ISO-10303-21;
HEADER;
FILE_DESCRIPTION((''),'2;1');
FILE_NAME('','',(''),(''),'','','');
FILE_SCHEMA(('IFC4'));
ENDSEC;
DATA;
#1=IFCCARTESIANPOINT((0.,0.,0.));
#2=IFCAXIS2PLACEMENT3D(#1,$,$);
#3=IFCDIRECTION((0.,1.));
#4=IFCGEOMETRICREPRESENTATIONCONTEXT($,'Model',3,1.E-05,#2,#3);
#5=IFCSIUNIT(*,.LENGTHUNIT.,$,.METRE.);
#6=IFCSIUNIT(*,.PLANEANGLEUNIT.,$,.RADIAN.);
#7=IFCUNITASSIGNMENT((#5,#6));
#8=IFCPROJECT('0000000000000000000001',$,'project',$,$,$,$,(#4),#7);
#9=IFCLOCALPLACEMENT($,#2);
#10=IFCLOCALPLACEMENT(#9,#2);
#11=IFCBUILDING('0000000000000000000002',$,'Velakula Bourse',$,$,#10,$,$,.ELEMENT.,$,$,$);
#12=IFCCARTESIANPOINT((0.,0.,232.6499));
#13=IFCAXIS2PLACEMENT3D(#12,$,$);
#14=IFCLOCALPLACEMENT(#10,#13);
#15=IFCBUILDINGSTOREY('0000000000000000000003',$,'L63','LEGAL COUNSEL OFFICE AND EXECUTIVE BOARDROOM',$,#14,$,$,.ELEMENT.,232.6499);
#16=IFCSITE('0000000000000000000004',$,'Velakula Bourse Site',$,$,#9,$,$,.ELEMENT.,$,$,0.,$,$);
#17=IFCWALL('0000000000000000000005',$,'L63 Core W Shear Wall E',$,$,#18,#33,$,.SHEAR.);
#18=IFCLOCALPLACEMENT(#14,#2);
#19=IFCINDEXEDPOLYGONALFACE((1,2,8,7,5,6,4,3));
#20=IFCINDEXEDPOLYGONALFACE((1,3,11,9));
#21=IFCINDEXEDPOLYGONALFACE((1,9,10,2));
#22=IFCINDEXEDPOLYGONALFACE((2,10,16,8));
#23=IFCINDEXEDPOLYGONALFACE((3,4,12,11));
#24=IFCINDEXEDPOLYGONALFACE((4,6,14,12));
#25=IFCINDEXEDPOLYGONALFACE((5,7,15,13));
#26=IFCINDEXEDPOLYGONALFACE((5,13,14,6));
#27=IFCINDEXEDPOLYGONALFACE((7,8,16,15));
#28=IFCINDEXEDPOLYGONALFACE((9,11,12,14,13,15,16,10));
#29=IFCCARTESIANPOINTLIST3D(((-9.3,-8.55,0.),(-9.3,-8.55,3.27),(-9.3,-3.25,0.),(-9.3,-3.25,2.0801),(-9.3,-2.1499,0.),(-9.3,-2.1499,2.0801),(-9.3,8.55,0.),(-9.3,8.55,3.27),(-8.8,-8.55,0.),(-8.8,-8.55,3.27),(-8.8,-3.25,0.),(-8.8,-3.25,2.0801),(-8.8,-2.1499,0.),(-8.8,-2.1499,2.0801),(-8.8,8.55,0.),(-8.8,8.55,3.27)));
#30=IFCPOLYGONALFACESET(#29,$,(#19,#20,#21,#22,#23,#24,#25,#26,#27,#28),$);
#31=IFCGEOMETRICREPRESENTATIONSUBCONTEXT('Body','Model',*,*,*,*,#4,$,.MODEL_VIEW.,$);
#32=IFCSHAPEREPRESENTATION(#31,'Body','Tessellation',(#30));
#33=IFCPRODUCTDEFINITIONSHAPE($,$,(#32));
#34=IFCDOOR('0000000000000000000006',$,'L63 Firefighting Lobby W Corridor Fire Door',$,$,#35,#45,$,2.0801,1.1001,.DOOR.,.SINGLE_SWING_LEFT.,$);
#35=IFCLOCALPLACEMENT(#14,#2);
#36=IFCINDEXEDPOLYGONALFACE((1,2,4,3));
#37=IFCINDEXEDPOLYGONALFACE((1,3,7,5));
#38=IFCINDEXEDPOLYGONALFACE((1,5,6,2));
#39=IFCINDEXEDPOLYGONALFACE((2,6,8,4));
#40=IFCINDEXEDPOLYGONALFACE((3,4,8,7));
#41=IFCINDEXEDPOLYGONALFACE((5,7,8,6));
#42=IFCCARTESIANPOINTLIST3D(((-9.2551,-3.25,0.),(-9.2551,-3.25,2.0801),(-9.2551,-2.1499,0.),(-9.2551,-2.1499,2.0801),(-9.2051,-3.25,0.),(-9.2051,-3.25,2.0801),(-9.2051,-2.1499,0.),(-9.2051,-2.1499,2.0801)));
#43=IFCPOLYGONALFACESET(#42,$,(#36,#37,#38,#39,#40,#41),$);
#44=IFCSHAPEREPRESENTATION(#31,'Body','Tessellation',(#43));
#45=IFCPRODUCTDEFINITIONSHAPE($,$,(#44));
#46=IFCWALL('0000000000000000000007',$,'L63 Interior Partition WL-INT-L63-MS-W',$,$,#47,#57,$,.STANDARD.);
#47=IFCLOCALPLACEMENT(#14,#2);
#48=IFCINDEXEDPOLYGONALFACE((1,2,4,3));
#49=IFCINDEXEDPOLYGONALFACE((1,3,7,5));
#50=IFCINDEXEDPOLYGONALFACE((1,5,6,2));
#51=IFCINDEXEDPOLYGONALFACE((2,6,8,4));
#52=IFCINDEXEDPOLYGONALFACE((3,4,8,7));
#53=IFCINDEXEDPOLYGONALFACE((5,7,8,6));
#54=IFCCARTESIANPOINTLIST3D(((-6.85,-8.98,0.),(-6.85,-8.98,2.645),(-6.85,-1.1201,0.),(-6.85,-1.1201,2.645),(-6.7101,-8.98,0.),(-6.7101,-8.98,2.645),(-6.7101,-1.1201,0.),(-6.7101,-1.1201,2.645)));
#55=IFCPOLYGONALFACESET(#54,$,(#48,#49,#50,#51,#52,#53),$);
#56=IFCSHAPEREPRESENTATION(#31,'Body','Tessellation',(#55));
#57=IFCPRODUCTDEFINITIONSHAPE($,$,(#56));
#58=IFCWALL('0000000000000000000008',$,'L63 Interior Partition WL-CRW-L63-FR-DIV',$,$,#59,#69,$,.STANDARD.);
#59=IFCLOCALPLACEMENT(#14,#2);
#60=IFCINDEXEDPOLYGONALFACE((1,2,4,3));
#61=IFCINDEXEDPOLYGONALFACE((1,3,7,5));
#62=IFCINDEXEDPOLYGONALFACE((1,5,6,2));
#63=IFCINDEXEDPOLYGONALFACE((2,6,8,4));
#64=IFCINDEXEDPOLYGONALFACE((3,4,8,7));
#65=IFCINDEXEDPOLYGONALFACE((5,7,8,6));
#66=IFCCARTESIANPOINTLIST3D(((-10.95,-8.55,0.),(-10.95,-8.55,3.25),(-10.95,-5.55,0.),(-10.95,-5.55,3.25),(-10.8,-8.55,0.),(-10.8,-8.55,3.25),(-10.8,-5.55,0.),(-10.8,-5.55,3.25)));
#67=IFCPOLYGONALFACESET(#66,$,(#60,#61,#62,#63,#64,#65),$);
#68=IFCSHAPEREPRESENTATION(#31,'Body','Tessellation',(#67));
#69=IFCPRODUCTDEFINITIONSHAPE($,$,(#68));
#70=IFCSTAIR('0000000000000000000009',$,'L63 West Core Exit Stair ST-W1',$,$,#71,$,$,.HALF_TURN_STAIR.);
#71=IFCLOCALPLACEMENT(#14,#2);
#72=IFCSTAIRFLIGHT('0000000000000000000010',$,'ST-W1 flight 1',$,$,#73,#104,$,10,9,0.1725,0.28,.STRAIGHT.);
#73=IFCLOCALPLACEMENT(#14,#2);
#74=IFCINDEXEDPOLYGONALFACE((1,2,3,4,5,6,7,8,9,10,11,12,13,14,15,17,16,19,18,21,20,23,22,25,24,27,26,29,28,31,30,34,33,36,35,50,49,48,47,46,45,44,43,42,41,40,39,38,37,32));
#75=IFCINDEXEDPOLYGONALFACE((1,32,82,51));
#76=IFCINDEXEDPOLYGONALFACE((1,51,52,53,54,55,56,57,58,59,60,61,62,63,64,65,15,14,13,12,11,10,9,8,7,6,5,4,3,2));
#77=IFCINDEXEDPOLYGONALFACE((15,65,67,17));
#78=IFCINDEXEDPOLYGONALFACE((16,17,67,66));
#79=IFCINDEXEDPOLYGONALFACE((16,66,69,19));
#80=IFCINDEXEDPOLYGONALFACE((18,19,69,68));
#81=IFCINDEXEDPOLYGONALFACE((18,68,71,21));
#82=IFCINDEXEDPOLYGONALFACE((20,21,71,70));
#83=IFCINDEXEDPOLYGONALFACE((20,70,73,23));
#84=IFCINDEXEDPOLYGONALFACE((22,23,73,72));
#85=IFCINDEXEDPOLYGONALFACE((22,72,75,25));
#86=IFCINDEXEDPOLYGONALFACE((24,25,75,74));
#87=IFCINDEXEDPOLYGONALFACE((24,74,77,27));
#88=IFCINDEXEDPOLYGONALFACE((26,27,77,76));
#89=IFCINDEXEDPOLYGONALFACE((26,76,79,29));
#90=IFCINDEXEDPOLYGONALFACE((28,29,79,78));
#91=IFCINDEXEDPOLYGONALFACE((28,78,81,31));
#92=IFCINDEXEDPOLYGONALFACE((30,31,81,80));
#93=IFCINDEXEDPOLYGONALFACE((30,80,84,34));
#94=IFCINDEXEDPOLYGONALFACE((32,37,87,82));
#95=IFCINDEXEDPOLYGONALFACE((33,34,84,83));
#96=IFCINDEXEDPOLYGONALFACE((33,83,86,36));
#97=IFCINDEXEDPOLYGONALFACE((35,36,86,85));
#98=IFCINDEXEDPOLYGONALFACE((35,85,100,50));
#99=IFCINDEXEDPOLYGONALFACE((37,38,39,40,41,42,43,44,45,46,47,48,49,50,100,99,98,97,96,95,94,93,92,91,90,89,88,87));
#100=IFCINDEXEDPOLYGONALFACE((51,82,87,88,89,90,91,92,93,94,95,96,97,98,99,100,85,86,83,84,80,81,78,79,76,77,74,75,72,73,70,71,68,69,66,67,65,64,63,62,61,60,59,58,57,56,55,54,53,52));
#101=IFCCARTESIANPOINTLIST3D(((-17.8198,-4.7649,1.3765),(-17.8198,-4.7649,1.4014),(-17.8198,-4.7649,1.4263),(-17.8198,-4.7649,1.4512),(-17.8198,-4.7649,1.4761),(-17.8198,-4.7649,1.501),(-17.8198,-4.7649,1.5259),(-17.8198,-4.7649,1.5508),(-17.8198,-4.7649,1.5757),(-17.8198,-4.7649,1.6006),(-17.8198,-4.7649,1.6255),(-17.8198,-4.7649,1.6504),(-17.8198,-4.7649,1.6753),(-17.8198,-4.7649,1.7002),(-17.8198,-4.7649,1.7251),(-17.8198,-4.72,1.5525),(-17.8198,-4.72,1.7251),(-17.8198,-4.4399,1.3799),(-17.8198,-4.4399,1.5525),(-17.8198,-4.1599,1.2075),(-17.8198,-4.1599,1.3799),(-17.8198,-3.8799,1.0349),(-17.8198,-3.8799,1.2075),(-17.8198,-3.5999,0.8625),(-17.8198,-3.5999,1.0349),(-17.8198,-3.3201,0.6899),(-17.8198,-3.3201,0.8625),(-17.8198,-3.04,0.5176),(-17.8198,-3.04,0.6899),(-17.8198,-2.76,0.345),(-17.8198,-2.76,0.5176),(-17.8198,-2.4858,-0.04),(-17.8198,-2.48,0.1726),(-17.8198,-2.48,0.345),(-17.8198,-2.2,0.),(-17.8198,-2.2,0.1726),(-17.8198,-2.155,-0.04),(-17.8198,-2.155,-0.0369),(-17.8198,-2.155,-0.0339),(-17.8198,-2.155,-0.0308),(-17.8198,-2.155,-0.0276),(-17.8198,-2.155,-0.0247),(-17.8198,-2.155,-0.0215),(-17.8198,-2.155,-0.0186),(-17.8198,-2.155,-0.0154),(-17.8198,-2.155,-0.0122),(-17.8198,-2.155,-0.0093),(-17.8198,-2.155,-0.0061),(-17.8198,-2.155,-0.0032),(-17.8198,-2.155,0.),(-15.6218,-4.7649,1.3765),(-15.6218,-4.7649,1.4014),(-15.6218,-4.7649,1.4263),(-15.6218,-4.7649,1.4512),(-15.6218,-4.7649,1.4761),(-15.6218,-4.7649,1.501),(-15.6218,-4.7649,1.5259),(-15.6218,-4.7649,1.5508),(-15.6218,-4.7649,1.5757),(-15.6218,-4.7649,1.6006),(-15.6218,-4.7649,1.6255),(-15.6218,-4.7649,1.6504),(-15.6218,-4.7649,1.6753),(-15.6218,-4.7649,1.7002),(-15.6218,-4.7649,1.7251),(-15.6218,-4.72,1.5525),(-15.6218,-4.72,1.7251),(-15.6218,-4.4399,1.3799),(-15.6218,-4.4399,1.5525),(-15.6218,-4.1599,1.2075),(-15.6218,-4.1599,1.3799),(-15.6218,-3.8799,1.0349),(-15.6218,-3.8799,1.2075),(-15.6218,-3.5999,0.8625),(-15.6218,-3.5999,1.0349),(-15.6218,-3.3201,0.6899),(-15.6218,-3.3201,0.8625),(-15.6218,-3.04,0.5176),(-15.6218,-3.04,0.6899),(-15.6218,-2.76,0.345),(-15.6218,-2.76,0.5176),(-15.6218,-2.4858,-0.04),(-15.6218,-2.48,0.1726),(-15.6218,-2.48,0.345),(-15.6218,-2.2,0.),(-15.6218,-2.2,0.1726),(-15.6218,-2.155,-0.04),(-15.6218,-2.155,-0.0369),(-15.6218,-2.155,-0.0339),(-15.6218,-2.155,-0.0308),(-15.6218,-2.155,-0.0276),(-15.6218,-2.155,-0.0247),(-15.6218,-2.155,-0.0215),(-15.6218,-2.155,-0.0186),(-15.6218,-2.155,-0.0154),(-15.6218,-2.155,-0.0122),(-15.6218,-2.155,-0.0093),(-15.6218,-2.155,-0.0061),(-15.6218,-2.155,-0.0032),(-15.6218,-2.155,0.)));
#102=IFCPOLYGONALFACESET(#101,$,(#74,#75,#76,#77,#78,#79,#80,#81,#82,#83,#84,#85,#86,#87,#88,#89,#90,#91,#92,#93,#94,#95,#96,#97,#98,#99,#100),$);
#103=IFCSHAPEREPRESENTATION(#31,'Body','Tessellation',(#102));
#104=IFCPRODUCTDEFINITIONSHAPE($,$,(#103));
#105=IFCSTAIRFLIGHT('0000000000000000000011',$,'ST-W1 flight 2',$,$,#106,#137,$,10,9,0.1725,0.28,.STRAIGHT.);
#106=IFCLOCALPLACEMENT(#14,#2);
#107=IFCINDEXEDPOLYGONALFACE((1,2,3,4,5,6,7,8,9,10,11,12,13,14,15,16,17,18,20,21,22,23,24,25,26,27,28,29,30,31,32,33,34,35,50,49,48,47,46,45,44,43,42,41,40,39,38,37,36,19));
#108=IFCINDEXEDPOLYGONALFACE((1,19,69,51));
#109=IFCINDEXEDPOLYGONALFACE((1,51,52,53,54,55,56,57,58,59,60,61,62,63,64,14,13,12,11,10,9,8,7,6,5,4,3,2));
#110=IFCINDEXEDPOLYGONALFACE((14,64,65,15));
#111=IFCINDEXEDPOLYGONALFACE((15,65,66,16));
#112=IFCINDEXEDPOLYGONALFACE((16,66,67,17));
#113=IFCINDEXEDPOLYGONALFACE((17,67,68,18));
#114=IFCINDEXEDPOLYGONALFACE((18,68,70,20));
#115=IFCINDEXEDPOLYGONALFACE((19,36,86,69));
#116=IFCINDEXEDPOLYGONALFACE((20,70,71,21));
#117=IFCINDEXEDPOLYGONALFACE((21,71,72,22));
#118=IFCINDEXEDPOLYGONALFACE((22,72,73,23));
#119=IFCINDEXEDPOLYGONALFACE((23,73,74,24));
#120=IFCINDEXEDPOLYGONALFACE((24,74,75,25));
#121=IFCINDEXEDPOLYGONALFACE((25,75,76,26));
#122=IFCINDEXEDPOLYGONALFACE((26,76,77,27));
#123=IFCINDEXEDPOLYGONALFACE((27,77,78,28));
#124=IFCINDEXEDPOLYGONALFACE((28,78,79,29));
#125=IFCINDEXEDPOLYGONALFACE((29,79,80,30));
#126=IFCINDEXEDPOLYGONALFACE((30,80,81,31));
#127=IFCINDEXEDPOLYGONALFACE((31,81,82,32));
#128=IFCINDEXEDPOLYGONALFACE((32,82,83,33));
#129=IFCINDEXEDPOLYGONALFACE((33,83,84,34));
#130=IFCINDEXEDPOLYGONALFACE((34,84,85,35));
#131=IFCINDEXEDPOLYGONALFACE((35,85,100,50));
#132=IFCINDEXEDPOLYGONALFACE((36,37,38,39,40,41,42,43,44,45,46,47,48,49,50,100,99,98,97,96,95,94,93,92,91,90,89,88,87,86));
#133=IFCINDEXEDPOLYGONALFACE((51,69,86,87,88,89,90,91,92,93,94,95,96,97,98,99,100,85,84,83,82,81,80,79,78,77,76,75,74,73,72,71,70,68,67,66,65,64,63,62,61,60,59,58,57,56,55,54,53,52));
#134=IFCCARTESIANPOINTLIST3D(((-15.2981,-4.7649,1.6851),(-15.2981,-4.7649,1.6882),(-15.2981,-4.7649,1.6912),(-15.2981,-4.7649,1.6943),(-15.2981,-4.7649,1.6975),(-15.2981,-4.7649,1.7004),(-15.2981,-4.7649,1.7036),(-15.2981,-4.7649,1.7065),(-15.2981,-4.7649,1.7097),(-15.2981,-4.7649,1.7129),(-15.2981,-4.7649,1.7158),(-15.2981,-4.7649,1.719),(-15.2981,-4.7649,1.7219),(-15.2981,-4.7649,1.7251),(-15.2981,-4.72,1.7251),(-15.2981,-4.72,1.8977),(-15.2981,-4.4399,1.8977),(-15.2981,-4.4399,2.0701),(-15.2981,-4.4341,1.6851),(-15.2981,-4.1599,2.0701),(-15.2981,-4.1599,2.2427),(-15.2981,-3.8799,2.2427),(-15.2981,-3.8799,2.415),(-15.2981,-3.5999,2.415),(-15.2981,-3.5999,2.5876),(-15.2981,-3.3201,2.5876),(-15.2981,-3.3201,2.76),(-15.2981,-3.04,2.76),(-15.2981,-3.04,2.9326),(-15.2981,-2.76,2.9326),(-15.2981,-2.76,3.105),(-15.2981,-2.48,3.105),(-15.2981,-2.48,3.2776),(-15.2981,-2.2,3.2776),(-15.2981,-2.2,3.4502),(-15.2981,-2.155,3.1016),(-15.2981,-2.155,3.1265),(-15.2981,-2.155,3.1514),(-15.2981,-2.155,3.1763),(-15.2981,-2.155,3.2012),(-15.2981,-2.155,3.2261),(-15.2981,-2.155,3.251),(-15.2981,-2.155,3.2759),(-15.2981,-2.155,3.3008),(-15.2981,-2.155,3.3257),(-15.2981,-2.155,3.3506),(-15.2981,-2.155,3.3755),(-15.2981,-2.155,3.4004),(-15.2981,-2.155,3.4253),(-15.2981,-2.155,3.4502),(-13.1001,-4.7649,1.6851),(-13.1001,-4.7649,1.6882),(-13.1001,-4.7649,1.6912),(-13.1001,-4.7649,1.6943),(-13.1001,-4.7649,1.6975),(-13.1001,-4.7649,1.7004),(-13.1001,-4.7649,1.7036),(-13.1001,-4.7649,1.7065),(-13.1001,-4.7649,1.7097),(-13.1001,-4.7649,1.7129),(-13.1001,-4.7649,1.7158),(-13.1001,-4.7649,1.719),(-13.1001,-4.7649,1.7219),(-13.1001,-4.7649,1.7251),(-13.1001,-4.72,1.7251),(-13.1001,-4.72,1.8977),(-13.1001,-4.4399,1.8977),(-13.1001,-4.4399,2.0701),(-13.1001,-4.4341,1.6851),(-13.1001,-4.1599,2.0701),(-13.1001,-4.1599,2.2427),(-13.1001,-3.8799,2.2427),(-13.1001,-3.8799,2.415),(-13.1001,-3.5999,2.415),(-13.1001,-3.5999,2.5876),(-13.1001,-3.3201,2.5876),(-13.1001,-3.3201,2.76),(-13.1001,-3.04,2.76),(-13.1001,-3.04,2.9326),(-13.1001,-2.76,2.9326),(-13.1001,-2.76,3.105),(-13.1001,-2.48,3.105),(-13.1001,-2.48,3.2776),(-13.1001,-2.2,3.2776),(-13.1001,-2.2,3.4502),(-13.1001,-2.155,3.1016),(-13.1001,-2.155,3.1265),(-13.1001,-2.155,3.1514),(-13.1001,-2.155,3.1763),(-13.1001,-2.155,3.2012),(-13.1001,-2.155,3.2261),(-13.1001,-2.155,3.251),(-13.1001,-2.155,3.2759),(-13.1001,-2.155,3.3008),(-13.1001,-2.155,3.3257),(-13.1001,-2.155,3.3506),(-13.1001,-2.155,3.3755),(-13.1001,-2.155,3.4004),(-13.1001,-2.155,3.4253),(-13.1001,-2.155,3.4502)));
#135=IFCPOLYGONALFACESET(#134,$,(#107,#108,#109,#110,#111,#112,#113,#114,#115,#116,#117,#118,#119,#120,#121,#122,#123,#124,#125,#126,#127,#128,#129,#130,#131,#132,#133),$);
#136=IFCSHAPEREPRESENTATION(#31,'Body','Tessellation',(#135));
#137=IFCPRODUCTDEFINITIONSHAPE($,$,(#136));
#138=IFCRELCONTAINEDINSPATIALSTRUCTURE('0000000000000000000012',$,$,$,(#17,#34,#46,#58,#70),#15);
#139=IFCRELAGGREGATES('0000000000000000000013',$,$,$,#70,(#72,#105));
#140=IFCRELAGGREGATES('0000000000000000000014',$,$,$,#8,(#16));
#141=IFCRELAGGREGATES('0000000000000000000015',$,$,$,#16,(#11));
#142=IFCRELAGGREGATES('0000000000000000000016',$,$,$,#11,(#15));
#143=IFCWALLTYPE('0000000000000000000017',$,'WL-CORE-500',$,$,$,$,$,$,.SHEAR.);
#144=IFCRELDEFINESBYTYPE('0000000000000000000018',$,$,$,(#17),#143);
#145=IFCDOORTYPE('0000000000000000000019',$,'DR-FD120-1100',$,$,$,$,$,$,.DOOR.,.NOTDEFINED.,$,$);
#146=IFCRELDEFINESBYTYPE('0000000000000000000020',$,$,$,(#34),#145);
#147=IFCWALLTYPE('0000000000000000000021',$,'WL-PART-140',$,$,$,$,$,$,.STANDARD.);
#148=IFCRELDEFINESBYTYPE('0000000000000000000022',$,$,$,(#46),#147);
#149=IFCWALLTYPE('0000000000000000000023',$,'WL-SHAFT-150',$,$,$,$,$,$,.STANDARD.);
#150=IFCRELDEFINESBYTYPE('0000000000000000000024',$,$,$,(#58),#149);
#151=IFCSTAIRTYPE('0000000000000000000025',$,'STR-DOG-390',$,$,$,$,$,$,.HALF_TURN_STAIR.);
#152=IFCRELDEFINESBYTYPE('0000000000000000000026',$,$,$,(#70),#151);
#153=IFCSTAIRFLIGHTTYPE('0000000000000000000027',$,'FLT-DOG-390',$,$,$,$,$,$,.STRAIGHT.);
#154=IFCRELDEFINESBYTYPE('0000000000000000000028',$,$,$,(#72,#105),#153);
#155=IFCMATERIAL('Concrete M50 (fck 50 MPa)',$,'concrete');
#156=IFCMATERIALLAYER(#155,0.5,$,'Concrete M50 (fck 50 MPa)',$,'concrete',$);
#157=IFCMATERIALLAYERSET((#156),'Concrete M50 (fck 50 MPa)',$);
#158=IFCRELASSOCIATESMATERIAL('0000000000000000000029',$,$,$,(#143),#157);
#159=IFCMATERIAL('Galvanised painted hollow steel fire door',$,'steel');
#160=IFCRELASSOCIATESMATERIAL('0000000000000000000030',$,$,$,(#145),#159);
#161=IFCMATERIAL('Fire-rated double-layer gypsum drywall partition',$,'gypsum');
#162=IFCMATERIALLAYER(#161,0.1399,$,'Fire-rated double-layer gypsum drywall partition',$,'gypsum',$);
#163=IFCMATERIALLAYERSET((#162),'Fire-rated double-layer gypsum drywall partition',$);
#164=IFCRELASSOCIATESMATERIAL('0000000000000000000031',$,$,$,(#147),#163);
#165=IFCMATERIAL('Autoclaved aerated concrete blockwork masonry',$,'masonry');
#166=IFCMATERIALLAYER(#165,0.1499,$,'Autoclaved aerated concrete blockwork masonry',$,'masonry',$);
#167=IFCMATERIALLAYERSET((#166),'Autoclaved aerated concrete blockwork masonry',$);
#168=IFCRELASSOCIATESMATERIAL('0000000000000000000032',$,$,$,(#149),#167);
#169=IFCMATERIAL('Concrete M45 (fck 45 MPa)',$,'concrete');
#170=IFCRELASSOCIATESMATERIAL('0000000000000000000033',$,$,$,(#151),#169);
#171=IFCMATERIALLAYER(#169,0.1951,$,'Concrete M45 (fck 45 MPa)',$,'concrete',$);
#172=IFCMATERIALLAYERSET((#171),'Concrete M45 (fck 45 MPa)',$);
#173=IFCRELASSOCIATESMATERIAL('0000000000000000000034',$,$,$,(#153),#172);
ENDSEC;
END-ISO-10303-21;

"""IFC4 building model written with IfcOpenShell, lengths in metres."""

from ifc_helpers import new_model, si_unit, direction, frame, frame_2d, origin, place, context, subcontext, project, spatial, polyline, rectangle, outline, extrude, material, layer, layer_set, type_object, element, fill, aggregate, save


model = new_model("IFC4")

# Units and contexts
model_context = context("Model", 3, precision=1e-05, world=origin(), true_north=direction((0.0, 1.0)))
body_context = subcontext(model_context, "Body", "Model", "MODEL_VIEW")
ifc_project = project(units=[si_unit("LENGTHUNIT", "METRE"), si_unit("PLANEANGLEUNIT", "RADIAN")], contexts=[model_context])

# Site, building, storey
site_placement = place(None, origin())
site = spatial("IfcSite", under=ifc_project, at=site_placement, Name="Velakula Bourse Site", CompositionType="ELEMENT", RefElevation=0.0)
building_placement = place(site_placement, origin())
building = spatial("IfcBuilding", under=site, at=building_placement, Name="Velakula Bourse", CompositionType="ELEMENT")
storey_placement = place(building_placement, frame((0.0, 0.0, 232.6499)))
storey = spatial("IfcBuildingStorey", under=building, at=storey_placement, Name="L63", Description="LEGAL COUNSEL OFFICE AND EXECUTIVE BOARDROOM", CompositionType="ELEMENT", Elevation=232.6499)

# Shared definitions
ifc_material_1 = material(Name="Concrete M50 (fck 50 MPa)", Category="concrete")

# Shared definitions
ifc_material_2 = material(Name="Galvanised painted hollow steel fire door", Category="steel")

# Wall, opening, door
ifc_layer_1 = layer(ifc_material_1, 0.5, Name="Concrete M50 (fck 50 MPa)", Category="concrete")
ifc_layer_set_1 = layer_set([ifc_layer_1], Name="Concrete M50 (fck 50 MPa)")
wall_type_1 = type_object("IfcWallType", Name="WL-CORE-500", PredefinedType="SHEAR", material=ifc_layer_set_1)
wall_1_placement = place(storey_placement, frame((-9.05, -8.55, 0.0), z_axis=(0.0, 0.0, 1.0), x_axis=(0.0, 1.0, 0.0)))
wall_1 = element("IfcWall", 1, at=wall_1_placement, inside=storey, type_object=wall_type_1, Name="L63 Core W Shear Wall E", PredefinedType="SHEAR", context=body_context, shape_type="SweptSolid", body=[
    extrude(rectangle(XDim=17.1001, YDim=0.5, at=frame_2d((8.55, 0.0))), origin(), (0.0, 0.0, 1.0), 3.27),
])
opening_1_placement = place(wall_1_placement, frame((5.3, 0.0, 0.0)))
opening_1 = element("IfcOpeningElement", 2, at=opening_1_placement, cuts=wall_1, PredefinedType="OPENING", context=body_context, shape_type="SweptSolid", body=[
    extrude(rectangle(XDim=1.1001, YDim=2.0801, at=frame_2d((0.55, 1.04))), frame((0.0, 0.26, 0.0), z_axis=(0.0, -1.0, 0.0), x_axis=(1.0, 0.0, 0.0)), (0.0, 0.0, 1.0), 0.52),
])
door_type_1 = type_object("IfcDoorType", Name="DR-FD120-1100", OperationType="NOTDEFINED", PredefinedType="DOOR", material=ifc_material_2)
door_1_placement = place(opening_1_placement, origin())
door_1 = element("IfcDoor", 3, at=door_1_placement, inside=storey, type_object=door_type_1, Name="L63 Firefighting Lobby W Corridor Fire Door", OperationType="SINGLE_SWING_LEFT", OverallHeight=2.0801, OverallWidth=1.1001, PredefinedType="DOOR", context=body_context, shape_type="SweptSolid", body=[
    extrude(rectangle(XDim=1.1001, YDim=2.0801, at=frame_2d((0.55, 1.04))), frame((0.0, 0.2051, 0.0), z_axis=(0.0, -1.0, 0.0), x_axis=(1.0, 0.0, 0.0)), (0.0, 0.0, 1.0), 0.05),
])
fill(opening_1, door_1)

# Wall
ifc_material_3 = material(Name="Fire-rated double-layer gypsum drywall partition", Category="gypsum")
ifc_layer_2 = layer(ifc_material_3, 0.1399, Name="Fire-rated double-layer gypsum drywall partition", Category="gypsum")
ifc_layer_set_2 = layer_set([ifc_layer_2], Name="Fire-rated double-layer gypsum drywall partition")
wall_type_2 = type_object("IfcWallType", Name="WL-PART-140", PredefinedType="STANDARD", material=ifc_layer_set_2)
wall_2_placement = place(storey_placement, frame((-6.78, -8.98, 0.0), z_axis=(0.0, 0.0, 1.0), x_axis=(0.0, 1.0, 0.0)))
element("IfcWall", 4, at=wall_2_placement, inside=storey, type_object=wall_type_2, Name="L63 Interior Partition WL-INT-L63-MS-W", PredefinedType="STANDARD", context=body_context, shape_type="SweptSolid", body=[
    extrude(rectangle(XDim=7.8599, YDim=0.1399, at=frame_2d((3.9299, 0.0))), origin(), (0.0, 0.0, 1.0), 2.645),
])

# Shared definitions
ifc_material_4 = material(Name="Autoclaved aerated concrete blockwork masonry", Category="masonry")
ifc_layer_3 = layer(ifc_material_4, 0.1499, Name="Autoclaved aerated concrete blockwork masonry", Category="masonry")
ifc_layer_set_3 = layer_set([ifc_layer_3], Name="Autoclaved aerated concrete blockwork masonry")
wall_type_3 = type_object("IfcWallType", Name="WL-SHAFT-150", PredefinedType="STANDARD", material=ifc_layer_set_3)

# Wall
wall_3_placement = place(storey_placement, frame((-10.875, -8.55, 0.0), z_axis=(0.0, 0.0, 1.0), x_axis=(0.0, 1.0, 0.0)))
element("IfcWall", 5, at=wall_3_placement, inside=storey, type_object=wall_type_3, Name="L63 Interior Partition WL-CRW-L63-FR-DIV", PredefinedType="STANDARD", context=body_context, shape_type="SweptSolid", body=[
    extrude(rectangle(XDim=3.0, YDim=0.1499, at=frame_2d((1.5, 0.0))), origin(), (0.0, 0.0, 1.0), 3.25),
])

# Stair, stair flights
ifc_material_5 = material(Name="Concrete M45 (fck 45 MPa)", Category="concrete")
stair_type = type_object("IfcStairType", Name="STR-DOG-390", PredefinedType="HALF_TURN_STAIR", material=ifc_material_5)
stair_placement = place(storey_placement, origin())
stair = element("IfcStair", 6, at=stair_placement, inside=storey, type_object=stair_type, Name="L63 West Core Exit Stair ST-W1", PredefinedType="HALF_TURN_STAIR")
ifc_layer_4 = layer(ifc_material_5, 0.1951, Name="Concrete M45 (fck 45 MPa)", Category="concrete")
ifc_layer_set_4 = layer_set([ifc_layer_4], Name="Concrete M45 (fck 45 MPa)")
stair_flight_type = type_object("IfcStairFlightType", Name="FLT-DOG-390", PredefinedType="STRAIGHT", material=ifc_layer_set_4)
stair_flight_1_placement = place(storey_placement, frame((-16.7209, -2.2, 0.0), z_axis=(0.0, 0.0, 1.0), x_axis=(0.0, -1.0, 0.0)))
stair_flight_1 = element("IfcStairFlight", 7, at=stair_flight_1_placement, type_object=stair_flight_type, Name="ST-W1 flight 1", NumberOfRisers=10, NumberOfTreads=9, PredefinedType="STRAIGHT", RiserHeight=0.1725, TreadLength=0.28, context=body_context, shape_type="SweptSolid", body=[
    extrude(outline(polyline([(-0.0449, -0.04), (-0.0449, -0.0369), (-0.0449, -0.0339), (-0.0449, -0.0308), (-0.0449, -0.0276), (-0.0449, -0.0247), (-0.0449, -0.0215), (-0.0449, -0.0186), (-0.0449, -0.0154), (-0.0449, -0.0122), (-0.0449, -0.0093), (-0.0449, -0.0061), (-0.0449, -0.0032), (-0.0449, 0.0), (0.0, 0.0), (0.0, 0.1726), (0.28, 0.1726), (0.28, 0.345), (0.5601, 0.345), (0.5601, 0.5176), (0.8401, 0.5176), (0.8401, 0.6899), (1.1201, 0.6899), (1.1201, 0.8625), (1.3999, 0.8625), (1.3999, 1.0349), (1.6799, 1.0349), (1.6799, 1.2075), (1.96, 1.2075), (1.96, 1.3799), (2.24, 1.3799), (2.24, 1.5525), (2.52, 1.5525), (2.52, 1.7251), (2.5649, 1.7251), (2.5649, 1.7002), (2.5649, 1.6753), (2.5649, 1.6504), (2.5649, 1.6255), (2.5649, 1.6006), (2.5649, 1.5757), (2.5649, 1.5508), (2.5649, 1.5259), (2.5649, 1.501), (2.5649, 1.4761), (2.5649, 1.4512), (2.5649, 1.4263), (2.5649, 1.4014), (2.5649, 1.3765), (0.2859, -0.04), (-0.0449, -0.04)])), frame((0.0, 1.0991, 0.0), z_axis=(0.0, -1.0, 0.0), x_axis=(1.0, 0.0, 0.0)), (0.0, 0.0, 1.0), 2.198),
])
stair_flight_2_placement = place(storey_placement, frame((-14.199, -4.72, 1.7251), z_axis=(0.0, 0.0, 1.0), x_axis=(0.0, 1.0, 0.0)))
stair_flight_2 = element("IfcStairFlight", 8, at=stair_flight_2_placement, type_object=stair_flight_type, Name="ST-W1 flight 2", NumberOfRisers=10, NumberOfTreads=9, PredefinedType="STRAIGHT", RiserHeight=0.1725, TreadLength=0.28, context=body_context, shape_type="SweptSolid", body=[
    extrude(outline(polyline([(-0.0449, -0.04), (-0.0449, -0.0369), (-0.0449, -0.0339), (-0.0449, -0.0308), (-0.0449, -0.0276), (-0.0449, -0.0247), (-0.0449, -0.0215), (-0.0449, -0.0186), (-0.0449, -0.0154), (-0.0449, -0.0122), (-0.0449, -0.0093), (-0.0449, -0.0061), (-0.0449, -0.0032), (-0.0449, 0.0), (0.0, 0.0), (0.0, 0.1726), (0.28, 0.1726), (0.28, 0.345), (0.5601, 0.345), (0.5601, 0.5176), (0.8401, 0.5176), (0.8401, 0.6899), (1.1201, 0.6899), (1.1201, 0.8625), (1.3999, 0.8625), (1.3999, 1.0349), (1.6799, 1.0349), (1.6799, 1.2075), (1.96, 1.2075), (1.96, 1.3799), (2.24, 1.3799), (2.24, 1.5525), (2.52, 1.5525), (2.52, 1.7251), (2.5649, 1.7251), (2.5649, 1.7002), (2.5649, 1.6753), (2.5649, 1.6504), (2.5649, 1.6255), (2.5649, 1.6006), (2.5649, 1.5757), (2.5649, 1.5508), (2.5649, 1.5259), (2.5649, 1.501), (2.5649, 1.4761), (2.5649, 1.4512), (2.5649, 1.4263), (2.5649, 1.4014), (2.5649, 1.3765), (0.2859, -0.04), (-0.0449, -0.04)])), frame((0.0, 1.0991, 0.0), z_axis=(0.0, -1.0, 0.0), x_axis=(1.0, 0.0, 0.0)), (0.0, 0.0, 1.0), 2.198),
])
aggregate(stair, [stair_flight_1, stair_flight_2])

save(model, "model.ifc")
